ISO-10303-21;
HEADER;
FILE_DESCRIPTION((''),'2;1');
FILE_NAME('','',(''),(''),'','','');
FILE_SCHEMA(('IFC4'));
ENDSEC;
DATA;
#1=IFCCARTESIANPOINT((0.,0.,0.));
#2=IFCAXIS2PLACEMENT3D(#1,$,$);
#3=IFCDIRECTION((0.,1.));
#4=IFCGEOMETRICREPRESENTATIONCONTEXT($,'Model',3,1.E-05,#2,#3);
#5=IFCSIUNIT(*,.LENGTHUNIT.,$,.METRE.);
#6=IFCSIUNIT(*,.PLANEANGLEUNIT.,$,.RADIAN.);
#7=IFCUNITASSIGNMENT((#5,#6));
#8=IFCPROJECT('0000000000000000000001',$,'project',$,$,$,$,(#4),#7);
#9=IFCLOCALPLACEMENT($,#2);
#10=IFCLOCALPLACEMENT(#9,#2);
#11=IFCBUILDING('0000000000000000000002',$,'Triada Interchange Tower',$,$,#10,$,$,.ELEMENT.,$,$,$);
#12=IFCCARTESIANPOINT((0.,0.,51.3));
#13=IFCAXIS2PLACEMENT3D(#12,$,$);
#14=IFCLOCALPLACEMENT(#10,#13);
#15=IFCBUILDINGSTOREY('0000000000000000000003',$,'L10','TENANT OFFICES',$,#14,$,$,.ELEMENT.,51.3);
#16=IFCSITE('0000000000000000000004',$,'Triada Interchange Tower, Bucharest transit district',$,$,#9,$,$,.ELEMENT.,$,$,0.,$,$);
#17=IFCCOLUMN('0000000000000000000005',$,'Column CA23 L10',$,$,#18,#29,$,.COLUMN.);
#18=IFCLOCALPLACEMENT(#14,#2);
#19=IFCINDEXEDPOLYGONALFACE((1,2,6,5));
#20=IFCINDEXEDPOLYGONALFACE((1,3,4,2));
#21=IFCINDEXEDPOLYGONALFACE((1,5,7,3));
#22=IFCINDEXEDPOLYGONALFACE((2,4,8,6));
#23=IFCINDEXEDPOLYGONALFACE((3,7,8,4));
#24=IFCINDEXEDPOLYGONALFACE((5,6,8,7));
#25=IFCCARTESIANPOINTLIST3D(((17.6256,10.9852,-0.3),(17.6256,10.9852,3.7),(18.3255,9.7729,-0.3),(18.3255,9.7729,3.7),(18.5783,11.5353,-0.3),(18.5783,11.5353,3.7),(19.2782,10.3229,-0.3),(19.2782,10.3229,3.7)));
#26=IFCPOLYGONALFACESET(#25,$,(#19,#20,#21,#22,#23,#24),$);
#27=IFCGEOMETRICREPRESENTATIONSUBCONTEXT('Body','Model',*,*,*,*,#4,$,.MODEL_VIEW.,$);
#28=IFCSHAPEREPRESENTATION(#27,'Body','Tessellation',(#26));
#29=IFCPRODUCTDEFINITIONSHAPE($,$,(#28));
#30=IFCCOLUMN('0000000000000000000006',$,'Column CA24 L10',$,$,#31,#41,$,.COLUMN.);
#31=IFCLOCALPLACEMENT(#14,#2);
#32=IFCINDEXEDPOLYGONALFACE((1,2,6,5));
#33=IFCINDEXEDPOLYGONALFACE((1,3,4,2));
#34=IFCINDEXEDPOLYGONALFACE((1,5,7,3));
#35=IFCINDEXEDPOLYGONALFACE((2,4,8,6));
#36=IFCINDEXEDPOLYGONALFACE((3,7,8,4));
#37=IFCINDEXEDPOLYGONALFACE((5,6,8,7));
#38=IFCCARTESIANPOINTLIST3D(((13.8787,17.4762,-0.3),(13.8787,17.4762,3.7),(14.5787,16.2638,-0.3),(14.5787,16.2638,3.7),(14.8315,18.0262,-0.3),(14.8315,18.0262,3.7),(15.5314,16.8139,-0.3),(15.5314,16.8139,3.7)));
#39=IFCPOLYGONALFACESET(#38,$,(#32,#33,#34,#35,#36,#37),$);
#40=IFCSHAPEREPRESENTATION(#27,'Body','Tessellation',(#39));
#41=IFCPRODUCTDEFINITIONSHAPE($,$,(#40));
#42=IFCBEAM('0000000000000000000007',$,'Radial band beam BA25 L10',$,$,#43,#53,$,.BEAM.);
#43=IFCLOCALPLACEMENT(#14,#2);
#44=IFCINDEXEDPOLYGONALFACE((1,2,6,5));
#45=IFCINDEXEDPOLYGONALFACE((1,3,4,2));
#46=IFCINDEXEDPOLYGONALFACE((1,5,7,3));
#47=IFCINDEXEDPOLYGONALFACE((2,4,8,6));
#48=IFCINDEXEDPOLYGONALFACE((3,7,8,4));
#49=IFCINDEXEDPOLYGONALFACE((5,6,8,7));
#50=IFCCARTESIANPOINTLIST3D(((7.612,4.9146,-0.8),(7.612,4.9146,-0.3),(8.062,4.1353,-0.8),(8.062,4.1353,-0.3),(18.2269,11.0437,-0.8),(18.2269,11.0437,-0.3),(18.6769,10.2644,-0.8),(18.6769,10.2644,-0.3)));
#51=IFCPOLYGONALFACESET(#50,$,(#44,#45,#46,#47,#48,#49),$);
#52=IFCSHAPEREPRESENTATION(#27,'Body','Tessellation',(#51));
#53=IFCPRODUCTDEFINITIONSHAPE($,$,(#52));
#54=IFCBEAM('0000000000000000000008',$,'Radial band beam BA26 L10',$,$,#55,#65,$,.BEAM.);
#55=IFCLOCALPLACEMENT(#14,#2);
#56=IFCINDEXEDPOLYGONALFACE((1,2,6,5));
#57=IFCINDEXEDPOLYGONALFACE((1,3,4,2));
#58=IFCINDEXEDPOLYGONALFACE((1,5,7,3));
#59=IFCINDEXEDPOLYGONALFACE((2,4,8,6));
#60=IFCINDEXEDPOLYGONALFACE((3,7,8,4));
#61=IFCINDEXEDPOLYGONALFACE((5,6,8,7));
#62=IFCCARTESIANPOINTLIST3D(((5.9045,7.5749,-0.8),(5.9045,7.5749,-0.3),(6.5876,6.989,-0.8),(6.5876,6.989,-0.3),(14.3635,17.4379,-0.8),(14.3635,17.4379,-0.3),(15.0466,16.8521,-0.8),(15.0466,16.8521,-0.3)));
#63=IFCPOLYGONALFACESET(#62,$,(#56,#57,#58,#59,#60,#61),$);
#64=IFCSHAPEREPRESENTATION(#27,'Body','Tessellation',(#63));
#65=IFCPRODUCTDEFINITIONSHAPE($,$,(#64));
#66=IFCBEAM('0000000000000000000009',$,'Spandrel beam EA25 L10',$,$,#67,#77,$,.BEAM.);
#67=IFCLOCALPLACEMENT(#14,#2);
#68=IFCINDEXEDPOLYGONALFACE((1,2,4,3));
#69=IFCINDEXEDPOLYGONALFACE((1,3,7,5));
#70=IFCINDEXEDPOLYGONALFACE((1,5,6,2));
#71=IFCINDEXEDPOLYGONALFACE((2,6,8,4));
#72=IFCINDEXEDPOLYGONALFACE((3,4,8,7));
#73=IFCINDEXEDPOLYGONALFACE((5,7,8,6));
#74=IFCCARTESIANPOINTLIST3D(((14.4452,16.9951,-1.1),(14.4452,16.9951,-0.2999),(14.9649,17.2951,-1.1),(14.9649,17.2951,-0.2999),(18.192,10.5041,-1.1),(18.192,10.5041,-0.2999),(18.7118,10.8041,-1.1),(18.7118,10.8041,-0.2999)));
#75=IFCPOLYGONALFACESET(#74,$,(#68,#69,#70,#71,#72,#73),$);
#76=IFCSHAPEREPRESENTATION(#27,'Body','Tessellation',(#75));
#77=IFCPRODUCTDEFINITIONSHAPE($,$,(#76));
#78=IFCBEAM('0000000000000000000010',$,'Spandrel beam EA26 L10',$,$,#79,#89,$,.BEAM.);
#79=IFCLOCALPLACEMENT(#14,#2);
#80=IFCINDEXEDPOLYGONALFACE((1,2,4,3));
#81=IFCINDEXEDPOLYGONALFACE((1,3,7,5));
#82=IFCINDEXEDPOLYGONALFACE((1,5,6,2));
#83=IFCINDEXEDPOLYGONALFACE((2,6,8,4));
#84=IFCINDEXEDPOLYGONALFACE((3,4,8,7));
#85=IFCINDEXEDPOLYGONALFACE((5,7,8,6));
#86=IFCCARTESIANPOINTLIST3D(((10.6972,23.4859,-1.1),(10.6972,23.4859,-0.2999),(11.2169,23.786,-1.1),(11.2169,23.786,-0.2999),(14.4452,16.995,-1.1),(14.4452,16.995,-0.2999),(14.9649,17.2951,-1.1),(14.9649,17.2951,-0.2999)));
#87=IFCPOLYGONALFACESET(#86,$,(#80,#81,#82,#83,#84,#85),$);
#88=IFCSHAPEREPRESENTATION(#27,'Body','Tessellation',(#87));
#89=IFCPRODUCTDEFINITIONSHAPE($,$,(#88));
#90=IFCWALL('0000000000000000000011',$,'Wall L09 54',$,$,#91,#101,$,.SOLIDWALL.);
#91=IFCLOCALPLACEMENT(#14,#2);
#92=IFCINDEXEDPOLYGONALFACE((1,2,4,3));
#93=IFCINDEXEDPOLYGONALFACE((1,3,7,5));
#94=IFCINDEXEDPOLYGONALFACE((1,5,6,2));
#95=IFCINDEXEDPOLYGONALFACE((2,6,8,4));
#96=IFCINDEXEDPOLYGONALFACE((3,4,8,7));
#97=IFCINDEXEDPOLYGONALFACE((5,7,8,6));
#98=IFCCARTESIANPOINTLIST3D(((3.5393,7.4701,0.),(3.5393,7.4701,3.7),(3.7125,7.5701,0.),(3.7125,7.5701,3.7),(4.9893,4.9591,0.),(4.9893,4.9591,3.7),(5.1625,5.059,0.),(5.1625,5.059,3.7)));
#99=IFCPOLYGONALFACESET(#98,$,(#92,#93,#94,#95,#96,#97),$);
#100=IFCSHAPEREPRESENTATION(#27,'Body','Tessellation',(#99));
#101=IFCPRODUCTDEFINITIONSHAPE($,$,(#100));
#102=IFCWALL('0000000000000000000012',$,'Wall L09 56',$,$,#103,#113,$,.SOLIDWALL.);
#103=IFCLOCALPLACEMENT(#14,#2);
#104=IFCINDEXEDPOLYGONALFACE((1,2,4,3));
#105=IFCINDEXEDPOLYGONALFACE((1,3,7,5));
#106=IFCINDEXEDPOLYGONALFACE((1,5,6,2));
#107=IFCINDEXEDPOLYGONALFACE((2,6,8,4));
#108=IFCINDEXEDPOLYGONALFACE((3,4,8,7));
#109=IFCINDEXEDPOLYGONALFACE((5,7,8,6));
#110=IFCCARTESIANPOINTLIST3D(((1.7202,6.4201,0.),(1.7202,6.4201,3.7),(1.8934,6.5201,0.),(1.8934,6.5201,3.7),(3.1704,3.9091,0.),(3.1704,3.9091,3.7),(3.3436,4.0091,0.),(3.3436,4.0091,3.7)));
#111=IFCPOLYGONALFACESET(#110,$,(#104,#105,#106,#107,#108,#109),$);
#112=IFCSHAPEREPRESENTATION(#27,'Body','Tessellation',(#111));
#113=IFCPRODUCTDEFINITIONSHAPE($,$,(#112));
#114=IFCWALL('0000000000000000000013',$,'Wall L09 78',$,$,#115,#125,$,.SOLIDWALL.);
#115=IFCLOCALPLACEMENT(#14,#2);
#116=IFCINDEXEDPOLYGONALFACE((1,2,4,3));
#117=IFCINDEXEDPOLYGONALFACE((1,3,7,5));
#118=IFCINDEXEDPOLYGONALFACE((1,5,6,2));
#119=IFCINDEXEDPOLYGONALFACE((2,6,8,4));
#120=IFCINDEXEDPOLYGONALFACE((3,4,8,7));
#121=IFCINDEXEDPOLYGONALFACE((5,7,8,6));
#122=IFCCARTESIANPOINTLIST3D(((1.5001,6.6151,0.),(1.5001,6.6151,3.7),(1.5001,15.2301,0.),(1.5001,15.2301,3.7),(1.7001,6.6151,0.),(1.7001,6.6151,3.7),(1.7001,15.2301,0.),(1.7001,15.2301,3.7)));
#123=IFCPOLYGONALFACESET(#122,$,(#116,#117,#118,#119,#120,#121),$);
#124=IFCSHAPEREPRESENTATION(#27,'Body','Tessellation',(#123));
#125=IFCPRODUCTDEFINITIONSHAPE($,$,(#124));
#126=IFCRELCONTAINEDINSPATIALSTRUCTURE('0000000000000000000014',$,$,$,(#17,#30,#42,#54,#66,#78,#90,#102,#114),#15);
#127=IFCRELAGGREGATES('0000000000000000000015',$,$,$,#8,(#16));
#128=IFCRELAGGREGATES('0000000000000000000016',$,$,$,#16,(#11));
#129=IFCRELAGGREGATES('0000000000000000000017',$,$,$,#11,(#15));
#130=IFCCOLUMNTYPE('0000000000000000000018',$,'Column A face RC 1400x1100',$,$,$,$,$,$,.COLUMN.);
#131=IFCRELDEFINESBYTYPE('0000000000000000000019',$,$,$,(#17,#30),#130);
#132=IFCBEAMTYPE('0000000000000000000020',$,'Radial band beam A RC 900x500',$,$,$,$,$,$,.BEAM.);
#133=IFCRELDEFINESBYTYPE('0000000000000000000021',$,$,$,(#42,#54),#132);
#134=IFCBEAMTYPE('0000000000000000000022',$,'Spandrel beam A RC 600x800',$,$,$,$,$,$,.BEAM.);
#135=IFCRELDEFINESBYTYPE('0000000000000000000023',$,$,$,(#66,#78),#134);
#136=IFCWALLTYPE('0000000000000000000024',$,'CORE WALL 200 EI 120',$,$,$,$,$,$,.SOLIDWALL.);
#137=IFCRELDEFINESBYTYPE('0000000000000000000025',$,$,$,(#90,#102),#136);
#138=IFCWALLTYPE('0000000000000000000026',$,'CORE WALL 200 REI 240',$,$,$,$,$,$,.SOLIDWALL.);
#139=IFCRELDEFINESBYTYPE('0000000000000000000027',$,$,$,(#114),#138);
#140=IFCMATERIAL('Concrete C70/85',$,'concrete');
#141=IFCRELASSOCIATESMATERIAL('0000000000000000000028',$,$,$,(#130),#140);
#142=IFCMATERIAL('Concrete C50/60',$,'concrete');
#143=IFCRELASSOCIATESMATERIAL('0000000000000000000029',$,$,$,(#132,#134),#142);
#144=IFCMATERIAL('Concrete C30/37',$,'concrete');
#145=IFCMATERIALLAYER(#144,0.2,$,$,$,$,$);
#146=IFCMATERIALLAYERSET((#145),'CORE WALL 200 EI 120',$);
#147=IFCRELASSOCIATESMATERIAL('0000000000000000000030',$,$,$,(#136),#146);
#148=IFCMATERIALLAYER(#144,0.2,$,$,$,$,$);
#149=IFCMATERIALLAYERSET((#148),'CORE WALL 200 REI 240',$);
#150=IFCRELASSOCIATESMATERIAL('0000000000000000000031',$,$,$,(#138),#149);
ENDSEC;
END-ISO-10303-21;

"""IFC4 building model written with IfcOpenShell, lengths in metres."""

from ifc_helpers import new_model, si_unit, direction, frame, frame_2d, origin, origin_2d, place, context, subcontext, project, spatial, rectangle, extrude, material, layer, layer_set, material_profile, profile_set, type_object, element, save


model = new_model("IFC4")

# Units and contexts
model_context = context("Model", 3, precision=1e-05, world=origin(), true_north=direction((0.0, 1.0)))
body_context = subcontext(model_context, "Body", "Model", "MODEL_VIEW")
ifc_project = project(units=[si_unit("LENGTHUNIT", "METRE"), si_unit("PLANEANGLEUNIT", "RADIAN")], contexts=[model_context])

# Site, building, storey
site_placement = place(None, origin())
site = spatial("IfcSite", under=ifc_project, at=site_placement, Name="Triada Interchange Tower, Bucharest transit district", CompositionType="ELEMENT", RefElevation=0.0)
building_placement = place(site_placement, origin())
building = spatial("IfcBuilding", under=site, at=building_placement, Name="Triada Interchange Tower", CompositionType="ELEMENT")
storey_placement = place(building_placement, frame((0.0, 0.0, 51.3)))
storey = spatial("IfcBuildingStorey", under=building, at=storey_placement, Name="L10", Description="TENANT OFFICES", CompositionType="ELEMENT", Elevation=51.3)

# Columns
ifc_material_1 = material(Name="Concrete C70/85", Category="concrete")
ifc_material_profile_1 = material_profile(ifc_material_1, rectangle(XDim=1.3999, YDim=1.1001, at=origin_2d()), Name="RC 1400x1100")
ifc_profile_set_1 = profile_set([ifc_material_profile_1], Name="Concrete C70/85")
column_type = type_object("IfcColumnType", Name="Column A face RC 1400x1100", PredefinedType="COLUMN", material=ifc_profile_set_1)
for number, where, z_axis, x_axis, name in (
    (1, (18.4519, 10.6541, -0.3), (0.0, 0.0, 1.0), (-0.5, 0.866025, 0.0), "Column CA23 L10"),
    (2, (14.7051, 17.145, -0.3), (0.0, 0.0, 1.0), (-0.5, 0.866025, 0.0), "Column CA24 L10"),
):
    element("IfcColumn", number, at=place(storey_placement, frame(where, z_axis=z_axis, x_axis=x_axis)), inside=storey, type_object=column_type, Name=name, PredefinedType="COLUMN", context=body_context, shape_type="SweptSolid", body=[
        extrude(rectangle(XDim=1.3999, YDim=1.1001, at=origin_2d()), origin(), (0.0, 0.0, 1.0), 4.0),
    ])

# Beams
ifc_material_2 = material(Name="Concrete C50/60", Category="concrete")
ifc_material_profile_2 = material_profile(ifc_material_2, rectangle(XDim=0.8999, YDim=0.5, at=origin_2d()), Name="RC 900x500")
ifc_profile_set_2 = profile_set([ifc_material_profile_2], Name="Concrete C50/60")
beam_type_1 = type_object("IfcBeamType", Name="Radial band beam A RC 900x500", PredefinedType="BEAM", material=ifc_profile_set_2)
beam_1_placement = place(storey_placement, frame((18.4519, 10.6541, -0.55), z_axis=(-0.866005, -0.500036, 0.0), x_axis=(0.500036, -0.866005, 0.0)))
element("IfcBeam", 3, at=beam_1_placement, inside=storey, type_object=beam_type_1, Name="Radial band beam BA25 L10", PredefinedType="BEAM", context=body_context, shape_type="SweptSolid", body=[
    extrude(rectangle(XDim=0.8999, YDim=0.5, at=origin_2d()), origin(), (0.0, 0.0, 1.0), 12.2573),
])
beam_2_placement = place(storey_placement, frame((14.7051, 17.145, -0.55), z_axis=(-0.651011, -0.759068, 0.0), x_axis=(0.759068, -0.651011, 0.0)))
element("IfcBeam", 4, at=beam_2_placement, inside=storey, type_object=beam_type_1, Name="Radial band beam BA26 L10", PredefinedType="BEAM", context=body_context, shape_type="SweptSolid", body=[
    extrude(rectangle(XDim=0.8999, YDim=0.5, at=origin_2d()), origin(), (0.0, 0.0, 1.0), 12.9937),
])
ifc_material_profile_3 = material_profile(ifc_material_2, rectangle(XDim=0.6001, YDim=0.8, at=origin_2d()), Name="RC 600x800")
ifc_profile_set_3 = profile_set([ifc_material_profile_3], Name="Concrete C50/60")
beam_type_2 = type_object("IfcBeamType", Name="Spandrel beam A RC 600x800", PredefinedType="BEAM", material=ifc_profile_set_3)
beam_3_placement = place(storey_placement, frame((18.4519, 10.6541, -0.7), z_axis=(-0.499926, 0.866068, 0.0), x_axis=(-0.866068, -0.499926, 0.0)))
element("IfcBeam", 5, at=beam_3_placement, inside=storey, type_object=beam_type_2, Name="Spandrel beam EA25 L10", PredefinedType="BEAM", context=body_context, shape_type="SweptSolid", body=[
    extrude(rectangle(XDim=0.6001, YDim=0.8, at=origin_2d()), origin(), (0.0, 0.0, 1.0), 7.4949),
])
beam_4_placement = place(storey_placement, frame((14.7051, 17.145, -0.7), z_axis=(-0.500049, 0.865997, 0.0), x_axis=(-0.865997, -0.500049, 0.0)))
element("IfcBeam", 6, at=beam_4_placement, inside=storey, type_object=beam_type_2, Name="Spandrel beam EA26 L10", PredefinedType="BEAM", context=body_context, shape_type="SweptSolid", body=[
    extrude(rectangle(XDim=0.6001, YDim=0.8, at=origin_2d()), origin(), (0.0, 0.0, 1.0), 7.4954),
])

# Walls
ifc_material_3 = material(Name="Concrete C30/37", Category="concrete")
ifc_layer_1 = layer(ifc_material_3, 0.2)
ifc_layer_set_1 = layer_set([ifc_layer_1], Name="CORE WALL 200 EI 120")
wall_type_1 = type_object("IfcWallType", Name="CORE WALL 200 EI 120", PredefinedType="SOLIDWALL", material=ifc_layer_set_1)
for number, where, z_axis, x_axis, name in (
    (7, (3.626, 7.52, 0.0), (0.0, 0.0, 1.0), (0.50006, -0.865991, 0.0), "Wall L09 54"),
    (8, (1.8069, 6.47, 0.0), (0.0, 0.0, 1.0), (0.500123, -0.865954, 0.0), "Wall L09 56"),
):
    element("IfcWall", number, at=place(storey_placement, frame(where, z_axis=z_axis, x_axis=x_axis)), inside=storey, type_object=wall_type_1, Name=name, PredefinedType="SOLIDWALL", context=body_context, shape_type="SweptSolid", body=[
        extrude(rectangle(XDim=2.8997, YDim=0.2, at=frame_2d((1.4497, 0.0))), origin(), (0.0, 0.0, 1.0), 3.7),
    ])
ifc_layer_2 = layer(ifc_material_3, 0.2)
ifc_layer_set_2 = layer_set([ifc_layer_2], Name="CORE WALL 200 REI 240")
wall_type_2 = type_object("IfcWallType", Name="CORE WALL 200 REI 240", PredefinedType="SOLIDWALL", material=ifc_layer_set_2)
wall_1_placement = place(storey_placement, frame((1.6001, 6.615, 0.0), z_axis=(0.0, 0.0, 1.0), x_axis=(0.0, 1.0, 0.0)))
element("IfcWall", 9, at=wall_1_placement, inside=storey, type_object=wall_type_2, Name="Wall L09 78", PredefinedType="SOLIDWALL", context=body_context, shape_type="SweptSolid", body=[
    extrude(rectangle(XDim=8.615, YDim=0.2, at=frame_2d((4.3076, 0.0))), origin(), (0.0, 0.0, 1.0), 3.7),
])

save(model, "model.ifc")
